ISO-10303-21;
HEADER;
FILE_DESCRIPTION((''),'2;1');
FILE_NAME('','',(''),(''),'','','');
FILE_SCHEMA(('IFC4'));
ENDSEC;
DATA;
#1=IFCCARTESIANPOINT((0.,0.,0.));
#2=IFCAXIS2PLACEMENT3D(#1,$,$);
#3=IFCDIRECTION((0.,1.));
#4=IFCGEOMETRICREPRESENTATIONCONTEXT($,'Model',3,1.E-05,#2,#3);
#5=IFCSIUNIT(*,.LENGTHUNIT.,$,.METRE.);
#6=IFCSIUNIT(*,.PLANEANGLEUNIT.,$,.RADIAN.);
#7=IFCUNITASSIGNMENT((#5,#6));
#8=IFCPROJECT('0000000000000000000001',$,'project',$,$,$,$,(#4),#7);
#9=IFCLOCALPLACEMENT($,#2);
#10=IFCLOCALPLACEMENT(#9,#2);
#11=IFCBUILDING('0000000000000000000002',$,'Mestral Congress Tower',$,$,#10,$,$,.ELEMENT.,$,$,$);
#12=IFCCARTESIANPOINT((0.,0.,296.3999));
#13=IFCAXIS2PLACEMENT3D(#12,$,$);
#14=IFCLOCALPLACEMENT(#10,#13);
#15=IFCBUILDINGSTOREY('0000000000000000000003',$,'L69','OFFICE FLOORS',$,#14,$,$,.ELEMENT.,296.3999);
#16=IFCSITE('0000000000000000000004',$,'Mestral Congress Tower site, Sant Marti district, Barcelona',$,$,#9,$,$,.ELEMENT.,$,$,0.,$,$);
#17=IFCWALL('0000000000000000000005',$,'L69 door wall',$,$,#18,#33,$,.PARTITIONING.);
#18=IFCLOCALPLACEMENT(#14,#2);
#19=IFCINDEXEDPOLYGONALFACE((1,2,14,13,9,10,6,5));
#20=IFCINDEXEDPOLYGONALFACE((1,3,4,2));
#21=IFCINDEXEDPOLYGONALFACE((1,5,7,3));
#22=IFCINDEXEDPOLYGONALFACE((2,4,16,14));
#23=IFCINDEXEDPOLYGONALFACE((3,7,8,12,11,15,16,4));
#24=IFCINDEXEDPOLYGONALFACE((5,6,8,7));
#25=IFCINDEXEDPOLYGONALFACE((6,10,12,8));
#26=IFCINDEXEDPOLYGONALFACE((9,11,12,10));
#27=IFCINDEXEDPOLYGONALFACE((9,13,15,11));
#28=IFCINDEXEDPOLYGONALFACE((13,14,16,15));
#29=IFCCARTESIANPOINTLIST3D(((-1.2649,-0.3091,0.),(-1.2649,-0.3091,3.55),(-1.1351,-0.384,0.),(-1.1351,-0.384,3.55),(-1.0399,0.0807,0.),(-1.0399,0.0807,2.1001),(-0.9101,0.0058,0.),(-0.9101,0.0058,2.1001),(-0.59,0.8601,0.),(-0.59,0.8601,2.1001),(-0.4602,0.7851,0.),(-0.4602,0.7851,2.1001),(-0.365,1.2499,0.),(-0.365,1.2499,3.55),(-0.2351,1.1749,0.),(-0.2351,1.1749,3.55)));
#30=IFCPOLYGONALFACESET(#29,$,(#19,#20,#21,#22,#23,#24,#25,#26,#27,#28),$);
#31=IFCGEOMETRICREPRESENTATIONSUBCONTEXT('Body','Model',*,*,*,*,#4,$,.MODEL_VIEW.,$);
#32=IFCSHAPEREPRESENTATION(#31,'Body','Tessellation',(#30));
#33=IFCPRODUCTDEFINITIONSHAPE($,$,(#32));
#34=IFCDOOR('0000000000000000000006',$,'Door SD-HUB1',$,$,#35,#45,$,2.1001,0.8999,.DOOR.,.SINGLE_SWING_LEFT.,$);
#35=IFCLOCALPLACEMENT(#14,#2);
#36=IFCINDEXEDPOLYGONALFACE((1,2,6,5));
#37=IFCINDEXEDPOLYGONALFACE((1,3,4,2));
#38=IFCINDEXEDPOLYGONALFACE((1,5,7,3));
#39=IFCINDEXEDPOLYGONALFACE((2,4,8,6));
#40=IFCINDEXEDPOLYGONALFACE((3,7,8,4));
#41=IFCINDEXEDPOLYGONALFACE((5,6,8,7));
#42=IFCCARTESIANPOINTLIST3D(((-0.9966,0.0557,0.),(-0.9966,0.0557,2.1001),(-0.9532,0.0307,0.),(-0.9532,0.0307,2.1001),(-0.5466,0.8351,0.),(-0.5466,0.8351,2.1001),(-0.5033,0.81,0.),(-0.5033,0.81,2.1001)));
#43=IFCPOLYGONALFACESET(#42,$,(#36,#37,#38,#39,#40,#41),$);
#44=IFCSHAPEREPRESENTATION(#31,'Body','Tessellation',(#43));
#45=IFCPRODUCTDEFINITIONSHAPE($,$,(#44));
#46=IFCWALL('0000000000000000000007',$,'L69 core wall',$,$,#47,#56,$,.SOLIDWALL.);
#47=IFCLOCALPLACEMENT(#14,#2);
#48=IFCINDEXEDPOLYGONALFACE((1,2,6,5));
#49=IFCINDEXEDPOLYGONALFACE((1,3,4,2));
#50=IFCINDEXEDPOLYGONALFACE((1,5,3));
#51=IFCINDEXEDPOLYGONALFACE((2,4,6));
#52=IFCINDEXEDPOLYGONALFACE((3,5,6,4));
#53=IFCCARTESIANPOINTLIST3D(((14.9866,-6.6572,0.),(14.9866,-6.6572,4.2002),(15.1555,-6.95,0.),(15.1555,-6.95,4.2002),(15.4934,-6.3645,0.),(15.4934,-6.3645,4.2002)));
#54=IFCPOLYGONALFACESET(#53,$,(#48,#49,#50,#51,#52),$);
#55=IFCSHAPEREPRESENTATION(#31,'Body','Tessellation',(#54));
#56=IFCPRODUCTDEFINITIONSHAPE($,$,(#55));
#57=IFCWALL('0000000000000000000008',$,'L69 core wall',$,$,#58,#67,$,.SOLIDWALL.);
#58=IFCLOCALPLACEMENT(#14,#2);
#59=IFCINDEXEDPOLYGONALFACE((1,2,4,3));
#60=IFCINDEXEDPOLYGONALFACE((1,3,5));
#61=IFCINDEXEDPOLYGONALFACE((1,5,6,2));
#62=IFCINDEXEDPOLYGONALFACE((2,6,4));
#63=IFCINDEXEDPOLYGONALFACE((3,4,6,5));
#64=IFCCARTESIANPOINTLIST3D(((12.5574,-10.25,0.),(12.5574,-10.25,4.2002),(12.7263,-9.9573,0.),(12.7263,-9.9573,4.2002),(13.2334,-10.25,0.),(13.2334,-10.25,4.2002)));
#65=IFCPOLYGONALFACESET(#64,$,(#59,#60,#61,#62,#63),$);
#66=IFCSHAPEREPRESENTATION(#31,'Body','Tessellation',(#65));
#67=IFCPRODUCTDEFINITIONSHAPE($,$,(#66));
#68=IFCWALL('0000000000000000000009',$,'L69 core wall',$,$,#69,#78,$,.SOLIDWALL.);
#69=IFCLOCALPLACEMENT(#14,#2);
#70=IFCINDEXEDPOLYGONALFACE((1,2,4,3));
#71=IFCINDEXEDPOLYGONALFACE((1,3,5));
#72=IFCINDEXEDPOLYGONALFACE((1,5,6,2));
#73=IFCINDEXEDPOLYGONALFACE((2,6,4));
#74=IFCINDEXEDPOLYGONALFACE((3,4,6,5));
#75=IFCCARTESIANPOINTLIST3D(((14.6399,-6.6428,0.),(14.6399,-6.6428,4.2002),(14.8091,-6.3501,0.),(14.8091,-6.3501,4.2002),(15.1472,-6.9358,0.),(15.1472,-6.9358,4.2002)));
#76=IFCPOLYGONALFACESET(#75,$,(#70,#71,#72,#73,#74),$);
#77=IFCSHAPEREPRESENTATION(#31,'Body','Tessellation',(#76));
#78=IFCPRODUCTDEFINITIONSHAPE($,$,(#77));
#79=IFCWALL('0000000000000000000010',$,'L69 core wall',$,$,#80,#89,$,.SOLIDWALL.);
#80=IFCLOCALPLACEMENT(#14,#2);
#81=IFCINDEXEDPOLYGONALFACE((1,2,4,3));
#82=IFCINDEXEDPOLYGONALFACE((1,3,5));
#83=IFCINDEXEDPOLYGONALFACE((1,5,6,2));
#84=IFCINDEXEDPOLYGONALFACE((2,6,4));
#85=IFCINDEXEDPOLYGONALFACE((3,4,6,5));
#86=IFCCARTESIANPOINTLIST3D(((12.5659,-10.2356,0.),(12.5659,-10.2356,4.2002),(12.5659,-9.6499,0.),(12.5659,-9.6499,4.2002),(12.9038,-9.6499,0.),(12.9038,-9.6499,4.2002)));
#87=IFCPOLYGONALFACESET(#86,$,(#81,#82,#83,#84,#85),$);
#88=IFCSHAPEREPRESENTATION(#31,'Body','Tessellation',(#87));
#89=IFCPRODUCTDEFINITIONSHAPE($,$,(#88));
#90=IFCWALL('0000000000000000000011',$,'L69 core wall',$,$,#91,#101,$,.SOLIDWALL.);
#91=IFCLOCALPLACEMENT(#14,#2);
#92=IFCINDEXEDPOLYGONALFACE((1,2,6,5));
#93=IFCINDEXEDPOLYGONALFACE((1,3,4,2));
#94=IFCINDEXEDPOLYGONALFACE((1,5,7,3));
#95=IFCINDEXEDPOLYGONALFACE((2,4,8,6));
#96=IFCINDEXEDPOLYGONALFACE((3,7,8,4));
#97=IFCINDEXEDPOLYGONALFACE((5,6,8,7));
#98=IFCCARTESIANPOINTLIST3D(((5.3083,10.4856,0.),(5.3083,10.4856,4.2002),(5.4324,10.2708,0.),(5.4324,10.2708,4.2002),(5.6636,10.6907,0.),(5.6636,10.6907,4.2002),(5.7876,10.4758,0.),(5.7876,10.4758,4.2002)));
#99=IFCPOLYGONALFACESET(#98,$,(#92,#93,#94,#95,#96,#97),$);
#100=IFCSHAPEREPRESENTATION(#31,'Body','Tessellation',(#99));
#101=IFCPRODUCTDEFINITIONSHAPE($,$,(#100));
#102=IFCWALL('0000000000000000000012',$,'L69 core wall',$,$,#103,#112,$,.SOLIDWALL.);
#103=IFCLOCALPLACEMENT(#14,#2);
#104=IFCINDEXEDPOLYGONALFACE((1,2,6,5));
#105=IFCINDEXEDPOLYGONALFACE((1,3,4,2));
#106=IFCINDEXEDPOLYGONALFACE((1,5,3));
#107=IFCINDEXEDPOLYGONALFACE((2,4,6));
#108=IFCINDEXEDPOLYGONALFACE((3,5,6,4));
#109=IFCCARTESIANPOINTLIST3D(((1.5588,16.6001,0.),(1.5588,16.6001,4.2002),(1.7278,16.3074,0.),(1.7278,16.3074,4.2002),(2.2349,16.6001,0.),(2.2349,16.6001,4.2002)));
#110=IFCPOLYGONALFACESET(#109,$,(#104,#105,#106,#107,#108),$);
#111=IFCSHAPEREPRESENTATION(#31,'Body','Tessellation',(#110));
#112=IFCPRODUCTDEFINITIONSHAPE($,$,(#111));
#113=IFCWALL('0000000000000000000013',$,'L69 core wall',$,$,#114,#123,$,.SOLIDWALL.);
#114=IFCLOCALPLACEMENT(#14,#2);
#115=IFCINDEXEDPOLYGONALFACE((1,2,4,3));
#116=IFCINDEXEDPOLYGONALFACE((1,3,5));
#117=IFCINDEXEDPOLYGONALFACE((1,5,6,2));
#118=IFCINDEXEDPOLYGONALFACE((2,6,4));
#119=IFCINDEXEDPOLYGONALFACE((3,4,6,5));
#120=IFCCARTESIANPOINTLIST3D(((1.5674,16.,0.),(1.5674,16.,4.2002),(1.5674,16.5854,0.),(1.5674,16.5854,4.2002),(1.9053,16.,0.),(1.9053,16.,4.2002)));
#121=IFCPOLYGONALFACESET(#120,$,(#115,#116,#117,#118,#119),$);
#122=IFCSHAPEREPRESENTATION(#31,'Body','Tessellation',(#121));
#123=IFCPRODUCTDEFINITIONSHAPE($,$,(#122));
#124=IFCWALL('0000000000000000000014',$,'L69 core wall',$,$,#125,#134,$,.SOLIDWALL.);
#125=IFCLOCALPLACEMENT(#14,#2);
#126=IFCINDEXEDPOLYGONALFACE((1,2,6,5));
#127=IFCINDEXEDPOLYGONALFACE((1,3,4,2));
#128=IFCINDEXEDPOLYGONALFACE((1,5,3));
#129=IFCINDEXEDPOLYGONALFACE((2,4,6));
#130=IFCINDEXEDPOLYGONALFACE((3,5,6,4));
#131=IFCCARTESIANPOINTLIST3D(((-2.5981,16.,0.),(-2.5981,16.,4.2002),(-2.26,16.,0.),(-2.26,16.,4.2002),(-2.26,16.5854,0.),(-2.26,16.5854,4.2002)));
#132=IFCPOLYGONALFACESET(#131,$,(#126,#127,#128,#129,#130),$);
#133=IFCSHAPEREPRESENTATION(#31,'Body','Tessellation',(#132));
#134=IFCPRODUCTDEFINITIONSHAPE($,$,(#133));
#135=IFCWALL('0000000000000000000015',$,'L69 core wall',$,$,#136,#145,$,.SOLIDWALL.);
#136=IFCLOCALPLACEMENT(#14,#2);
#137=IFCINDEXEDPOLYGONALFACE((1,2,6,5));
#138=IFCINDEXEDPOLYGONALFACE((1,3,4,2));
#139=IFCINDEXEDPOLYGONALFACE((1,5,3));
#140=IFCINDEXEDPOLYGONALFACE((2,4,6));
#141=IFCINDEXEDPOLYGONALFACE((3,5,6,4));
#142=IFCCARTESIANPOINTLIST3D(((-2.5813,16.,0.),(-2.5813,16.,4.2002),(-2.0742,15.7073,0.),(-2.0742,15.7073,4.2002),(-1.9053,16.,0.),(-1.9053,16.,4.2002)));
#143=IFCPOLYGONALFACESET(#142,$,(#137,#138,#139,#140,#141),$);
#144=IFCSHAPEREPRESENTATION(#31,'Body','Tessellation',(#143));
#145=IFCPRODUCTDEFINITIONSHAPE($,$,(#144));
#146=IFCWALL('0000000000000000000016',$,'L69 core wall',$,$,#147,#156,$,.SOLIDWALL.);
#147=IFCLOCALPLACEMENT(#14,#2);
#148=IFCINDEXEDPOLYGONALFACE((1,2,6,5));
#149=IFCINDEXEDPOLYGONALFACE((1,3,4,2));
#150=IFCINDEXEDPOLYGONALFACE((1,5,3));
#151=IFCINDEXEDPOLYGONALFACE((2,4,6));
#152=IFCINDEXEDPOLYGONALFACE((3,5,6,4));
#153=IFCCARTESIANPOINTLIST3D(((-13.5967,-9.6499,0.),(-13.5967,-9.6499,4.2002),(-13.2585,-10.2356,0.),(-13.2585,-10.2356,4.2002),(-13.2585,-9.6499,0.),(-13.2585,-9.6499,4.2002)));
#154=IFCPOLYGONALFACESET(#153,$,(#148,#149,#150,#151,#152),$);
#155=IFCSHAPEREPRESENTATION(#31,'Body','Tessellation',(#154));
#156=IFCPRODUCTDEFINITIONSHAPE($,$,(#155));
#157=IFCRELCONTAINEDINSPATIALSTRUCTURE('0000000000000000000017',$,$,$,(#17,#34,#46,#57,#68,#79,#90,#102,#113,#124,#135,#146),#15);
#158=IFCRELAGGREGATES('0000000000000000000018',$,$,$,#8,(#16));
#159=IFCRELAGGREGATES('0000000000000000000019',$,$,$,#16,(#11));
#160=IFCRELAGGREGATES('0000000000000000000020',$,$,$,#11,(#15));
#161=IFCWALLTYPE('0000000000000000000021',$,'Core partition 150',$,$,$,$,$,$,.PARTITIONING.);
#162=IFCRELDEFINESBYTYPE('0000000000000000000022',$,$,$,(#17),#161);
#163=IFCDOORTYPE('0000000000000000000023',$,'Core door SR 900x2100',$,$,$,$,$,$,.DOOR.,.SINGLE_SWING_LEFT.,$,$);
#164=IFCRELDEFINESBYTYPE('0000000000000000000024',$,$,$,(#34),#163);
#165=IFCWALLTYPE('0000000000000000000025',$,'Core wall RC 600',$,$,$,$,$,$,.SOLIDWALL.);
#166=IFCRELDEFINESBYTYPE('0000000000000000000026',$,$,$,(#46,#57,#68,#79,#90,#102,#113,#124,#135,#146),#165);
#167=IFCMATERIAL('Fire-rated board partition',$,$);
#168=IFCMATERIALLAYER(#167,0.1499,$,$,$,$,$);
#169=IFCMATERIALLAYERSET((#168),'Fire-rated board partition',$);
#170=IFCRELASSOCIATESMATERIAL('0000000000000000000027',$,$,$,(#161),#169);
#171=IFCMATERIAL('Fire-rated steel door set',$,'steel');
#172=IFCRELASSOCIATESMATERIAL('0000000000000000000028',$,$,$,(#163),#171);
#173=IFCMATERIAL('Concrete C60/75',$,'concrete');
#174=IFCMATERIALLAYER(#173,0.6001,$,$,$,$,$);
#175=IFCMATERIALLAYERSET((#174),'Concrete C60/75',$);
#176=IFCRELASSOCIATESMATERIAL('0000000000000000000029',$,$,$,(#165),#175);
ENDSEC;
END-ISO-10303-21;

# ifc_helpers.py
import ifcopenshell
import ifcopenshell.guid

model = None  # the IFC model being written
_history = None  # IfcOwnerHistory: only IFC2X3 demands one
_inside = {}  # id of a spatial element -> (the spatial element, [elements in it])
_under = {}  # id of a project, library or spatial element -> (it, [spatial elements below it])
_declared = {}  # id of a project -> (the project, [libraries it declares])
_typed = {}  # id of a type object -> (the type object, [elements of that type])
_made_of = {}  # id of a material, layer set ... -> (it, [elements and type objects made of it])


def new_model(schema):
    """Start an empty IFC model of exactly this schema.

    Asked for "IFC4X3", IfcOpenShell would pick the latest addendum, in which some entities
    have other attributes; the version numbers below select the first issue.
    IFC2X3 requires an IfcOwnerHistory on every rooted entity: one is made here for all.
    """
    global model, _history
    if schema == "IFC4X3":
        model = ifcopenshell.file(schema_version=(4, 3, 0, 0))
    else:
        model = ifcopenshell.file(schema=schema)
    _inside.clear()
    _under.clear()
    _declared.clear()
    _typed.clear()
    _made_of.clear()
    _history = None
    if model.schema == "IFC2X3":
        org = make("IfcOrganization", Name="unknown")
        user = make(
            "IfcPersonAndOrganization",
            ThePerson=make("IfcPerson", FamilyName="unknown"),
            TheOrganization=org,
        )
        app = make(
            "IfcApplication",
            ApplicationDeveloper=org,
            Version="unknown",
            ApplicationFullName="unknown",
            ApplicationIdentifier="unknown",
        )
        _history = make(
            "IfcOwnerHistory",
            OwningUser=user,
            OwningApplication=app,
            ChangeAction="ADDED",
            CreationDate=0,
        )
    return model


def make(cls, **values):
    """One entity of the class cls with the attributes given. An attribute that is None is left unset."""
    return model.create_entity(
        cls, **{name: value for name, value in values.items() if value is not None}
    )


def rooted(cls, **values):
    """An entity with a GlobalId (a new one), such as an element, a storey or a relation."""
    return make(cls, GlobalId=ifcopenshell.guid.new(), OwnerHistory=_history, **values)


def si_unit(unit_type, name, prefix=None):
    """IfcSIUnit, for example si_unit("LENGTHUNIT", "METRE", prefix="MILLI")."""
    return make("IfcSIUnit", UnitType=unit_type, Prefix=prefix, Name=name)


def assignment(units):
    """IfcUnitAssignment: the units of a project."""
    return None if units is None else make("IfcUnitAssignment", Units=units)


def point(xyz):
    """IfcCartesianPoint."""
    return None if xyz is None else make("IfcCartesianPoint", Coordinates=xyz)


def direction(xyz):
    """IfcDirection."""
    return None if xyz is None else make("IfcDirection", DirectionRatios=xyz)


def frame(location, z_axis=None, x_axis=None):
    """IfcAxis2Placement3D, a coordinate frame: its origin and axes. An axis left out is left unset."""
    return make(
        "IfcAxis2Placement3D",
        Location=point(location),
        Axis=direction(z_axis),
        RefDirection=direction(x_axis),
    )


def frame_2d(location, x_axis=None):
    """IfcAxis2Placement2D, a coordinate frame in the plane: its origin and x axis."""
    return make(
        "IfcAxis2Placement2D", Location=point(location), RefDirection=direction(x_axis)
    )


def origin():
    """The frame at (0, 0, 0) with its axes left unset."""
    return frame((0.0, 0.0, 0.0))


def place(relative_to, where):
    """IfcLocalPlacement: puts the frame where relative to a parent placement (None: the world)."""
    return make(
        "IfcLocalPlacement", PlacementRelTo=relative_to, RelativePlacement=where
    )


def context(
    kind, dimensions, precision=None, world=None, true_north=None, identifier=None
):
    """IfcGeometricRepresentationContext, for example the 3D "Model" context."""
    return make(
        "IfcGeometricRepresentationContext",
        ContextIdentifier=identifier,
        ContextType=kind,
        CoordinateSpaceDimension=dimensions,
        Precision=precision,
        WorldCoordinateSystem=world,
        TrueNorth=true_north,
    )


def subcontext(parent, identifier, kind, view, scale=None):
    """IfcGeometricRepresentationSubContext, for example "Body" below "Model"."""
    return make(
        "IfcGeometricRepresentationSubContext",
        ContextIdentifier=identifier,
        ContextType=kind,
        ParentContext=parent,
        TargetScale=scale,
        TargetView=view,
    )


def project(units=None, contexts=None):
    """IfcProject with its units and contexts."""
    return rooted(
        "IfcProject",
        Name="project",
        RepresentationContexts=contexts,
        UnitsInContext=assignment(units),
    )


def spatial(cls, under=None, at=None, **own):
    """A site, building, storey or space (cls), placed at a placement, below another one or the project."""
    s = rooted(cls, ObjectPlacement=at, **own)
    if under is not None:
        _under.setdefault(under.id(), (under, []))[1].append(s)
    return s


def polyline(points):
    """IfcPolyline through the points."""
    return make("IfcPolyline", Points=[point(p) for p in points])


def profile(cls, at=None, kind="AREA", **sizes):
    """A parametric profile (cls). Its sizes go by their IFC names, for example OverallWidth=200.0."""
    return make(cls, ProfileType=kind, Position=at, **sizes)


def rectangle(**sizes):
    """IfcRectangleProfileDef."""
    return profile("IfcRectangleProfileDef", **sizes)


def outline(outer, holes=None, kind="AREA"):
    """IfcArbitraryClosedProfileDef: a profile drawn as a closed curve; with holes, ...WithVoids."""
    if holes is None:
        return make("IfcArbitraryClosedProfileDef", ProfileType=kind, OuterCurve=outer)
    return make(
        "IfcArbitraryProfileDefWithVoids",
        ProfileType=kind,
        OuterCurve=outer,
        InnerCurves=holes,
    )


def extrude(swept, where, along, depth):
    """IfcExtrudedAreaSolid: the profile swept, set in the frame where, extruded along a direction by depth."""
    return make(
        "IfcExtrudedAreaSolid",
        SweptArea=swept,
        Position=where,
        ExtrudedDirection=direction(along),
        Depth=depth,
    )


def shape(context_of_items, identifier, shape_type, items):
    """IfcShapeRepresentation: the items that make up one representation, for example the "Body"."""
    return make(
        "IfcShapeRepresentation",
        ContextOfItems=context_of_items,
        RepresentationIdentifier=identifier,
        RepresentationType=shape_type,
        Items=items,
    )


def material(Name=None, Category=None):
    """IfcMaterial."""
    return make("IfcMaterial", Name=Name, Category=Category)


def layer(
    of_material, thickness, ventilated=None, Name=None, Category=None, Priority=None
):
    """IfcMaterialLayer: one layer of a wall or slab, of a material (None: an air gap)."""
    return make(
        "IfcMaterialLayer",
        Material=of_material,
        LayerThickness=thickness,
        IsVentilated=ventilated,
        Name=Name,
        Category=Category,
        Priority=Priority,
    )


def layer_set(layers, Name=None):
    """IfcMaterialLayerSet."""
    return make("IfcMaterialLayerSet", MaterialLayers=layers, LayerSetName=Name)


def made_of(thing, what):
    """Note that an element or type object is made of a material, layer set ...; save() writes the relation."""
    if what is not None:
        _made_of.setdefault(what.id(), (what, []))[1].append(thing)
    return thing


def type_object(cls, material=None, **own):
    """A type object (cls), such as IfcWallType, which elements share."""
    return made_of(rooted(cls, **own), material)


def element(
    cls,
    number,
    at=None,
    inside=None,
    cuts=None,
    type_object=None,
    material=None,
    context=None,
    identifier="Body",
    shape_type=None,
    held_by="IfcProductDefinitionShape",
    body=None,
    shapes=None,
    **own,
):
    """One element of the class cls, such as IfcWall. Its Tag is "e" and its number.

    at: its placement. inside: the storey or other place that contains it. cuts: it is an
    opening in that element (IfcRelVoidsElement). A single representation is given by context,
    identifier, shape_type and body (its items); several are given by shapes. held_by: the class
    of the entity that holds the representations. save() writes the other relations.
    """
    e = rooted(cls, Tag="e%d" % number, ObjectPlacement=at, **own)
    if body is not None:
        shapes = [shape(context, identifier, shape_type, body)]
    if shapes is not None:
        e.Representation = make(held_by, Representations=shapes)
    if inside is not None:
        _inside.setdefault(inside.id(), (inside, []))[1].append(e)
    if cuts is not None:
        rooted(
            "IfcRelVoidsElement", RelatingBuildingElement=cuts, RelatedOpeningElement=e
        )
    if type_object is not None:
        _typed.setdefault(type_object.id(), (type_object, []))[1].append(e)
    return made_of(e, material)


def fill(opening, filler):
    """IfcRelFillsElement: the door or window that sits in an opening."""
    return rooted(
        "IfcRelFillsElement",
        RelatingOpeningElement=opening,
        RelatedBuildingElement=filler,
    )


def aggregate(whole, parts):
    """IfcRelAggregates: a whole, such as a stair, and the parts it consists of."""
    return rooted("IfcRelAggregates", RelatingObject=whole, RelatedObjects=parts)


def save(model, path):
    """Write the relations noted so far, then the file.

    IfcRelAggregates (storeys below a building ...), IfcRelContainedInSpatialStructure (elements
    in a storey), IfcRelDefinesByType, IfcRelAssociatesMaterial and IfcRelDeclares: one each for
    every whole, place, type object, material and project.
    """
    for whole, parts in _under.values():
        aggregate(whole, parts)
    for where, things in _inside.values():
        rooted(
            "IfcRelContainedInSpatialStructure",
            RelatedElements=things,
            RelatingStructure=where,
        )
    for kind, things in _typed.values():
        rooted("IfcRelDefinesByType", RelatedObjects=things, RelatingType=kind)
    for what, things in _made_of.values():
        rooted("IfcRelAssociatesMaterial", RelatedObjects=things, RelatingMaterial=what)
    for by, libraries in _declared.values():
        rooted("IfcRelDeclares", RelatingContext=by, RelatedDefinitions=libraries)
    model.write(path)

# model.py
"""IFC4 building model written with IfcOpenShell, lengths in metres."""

from ifc_helpers import new_model, si_unit, direction, frame, frame_2d, origin, place, context, subcontext, project, spatial, polyline, rectangle, outline, extrude, material, layer, layer_set, type_object, element, fill, save


model = new_model("IFC4")

# Units and contexts
model_context = context("Model", 3, precision=1e-05, world=origin(), true_north=direction((0.0, 1.0)))
body_context = subcontext(model_context, "Body", "Model", "MODEL_VIEW")
ifc_project = project(units=[si_unit("LENGTHUNIT", "METRE"), si_unit("PLANEANGLEUNIT", "RADIAN")], contexts=[model_context])

# Site, building, storey
site_placement = place(None, origin())
site = spatial("IfcSite", under=ifc_project, at=site_placement, Name="Mestral Congress Tower site, Sant Marti district, Barcelona", CompositionType="ELEMENT", RefElevation=0.0)
building_placement = place(site_placement, origin())
building = spatial("IfcBuilding", under=site, at=building_placement, Name="Mestral Congress Tower", CompositionType="ELEMENT")
storey_placement = place(building_placement, frame((0.0, 0.0, 296.3999)))
storey = spatial("IfcBuildingStorey", under=building, at=storey_placement, Name="L69", Description="OFFICE FLOORS", CompositionType="ELEMENT", Elevation=296.3999)

# Shared definitions
ifc_material_1 = material(Name="Concrete C60/75", Category="concrete")

# Shared definitions
placement_1 = place(storey_placement, origin())

# Shared definitions
ifc_material_2 = material(Name="Fire-rated board partition")
ifc_layer_1 = layer(ifc_material_2, 0.1499)
ifc_layer_set_1 = layer_set([ifc_layer_1], Name="Fire-rated board partition")
wall_type_1 = type_object("IfcWallType", Name="Core partition 150", PredefinedType="PARTITIONING", material=ifc_layer_set_1)

# Wall, opening, door
wall_1_placement = place(storey_placement, frame((-1.2, -0.3464, 0.0), z_axis=(0.0, 0.0, 1.0), x_axis=(0.499961, 0.866048, 0.0)))
wall_1 = element("IfcWall", 1, at=wall_1_placement, inside=storey, type_object=wall_type_1, Name="L69 door wall", PredefinedType="PARTITIONING", context=body_context, shape_type="SweptSolid", body=[
    extrude(rectangle(XDim=1.8, YDim=0.1499, at=frame_2d((0.8999, 0.0))), origin(), (0.0, 0.0, 1.0), 3.55),
])
opening_1_placement = place(wall_1_placement, frame((0.45, 0.0, 0.0)))
opening_1 = element("IfcOpeningElement", 2, at=opening_1_placement, cuts=wall_1, PredefinedType="OPENING", context=body_context, shape_type="SweptSolid", body=[
    extrude(rectangle(XDim=0.8999, YDim=2.1001, at=frame_2d((0.45, 1.05))), frame((0.0, 0.085, 0.0), z_axis=(0.0, -1.0, 0.0), x_axis=(1.0, 0.0, 0.0)), (0.0, 0.0, 1.0), 0.1699),
])
ifc_material_3 = material(Name="Fire-rated steel door set", Category="steel")
door_type_1 = type_object("IfcDoorType", Name="Core door SR 900x2100", OperationType="SINGLE_SWING_LEFT", PredefinedType="DOOR", material=ifc_material_3)
door_1_placement = place(opening_1_placement, origin())
door_1 = element("IfcDoor", 3, at=door_1_placement, inside=storey, type_object=door_type_1, Name="Door SD-HUB1", OperationType="SINGLE_SWING_LEFT", OverallHeight=2.1001, OverallWidth=0.8999, PredefinedType="DOOR", context=body_context, shape_type="SweptSolid", body=[
    extrude(rectangle(XDim=0.8999, YDim=2.1001, at=frame_2d((0.45, 1.05))), frame((0.0, 0.0249, 0.0), z_axis=(0.0, -1.0, 0.0), x_axis=(1.0, 0.0, 0.0)), (0.0, 0.0, 1.0), 0.05),
])
fill(opening_1, door_1)

# Walls
ifc_layer_2 = layer(ifc_material_1, 0.6001)
ifc_layer_set_2 = layer_set([ifc_layer_2], Name="Concrete C60/75")
wall_type_2 = type_object("IfcWallType", Name="Core wall RC 600", PredefinedType="SOLIDWALL", material=ifc_layer_set_2)
element("IfcWall", 4, at=placement_1, inside=storey, type_object=wall_type_2, Name="L69 core wall", PredefinedType="SOLIDWALL", context=body_context, shape_type="SweptSolid", body=[
    extrude(outline(polyline([(15.1555, -6.95), (14.9866, -6.6572), (15.4934, -6.3645), (15.1555, -6.95)])), origin(), (0.0, 0.0, 1.0), 4.2002),
])
element("IfcWall", 5, at=placement_1, inside=storey, type_object=wall_type_2, Name="L69 core wall", PredefinedType="SOLIDWALL", context=body_context, shape_type="SweptSolid", body=[
    extrude(outline(polyline([(12.7263, -9.9573), (13.2334, -10.25), (12.5574, -10.25), (12.7263, -9.9573)])), origin(), (0.0, 0.0, 1.0), 4.2002),
])
element("IfcWall", 6, at=placement_1, inside=storey, type_object=wall_type_2, Name="L69 core wall", PredefinedType="SOLIDWALL", context=body_context, shape_type="SweptSolid", body=[
    extrude(outline(polyline([(14.8091, -6.3501), (15.1472, -6.9358), (14.6399, -6.6428), (14.8091, -6.3501)])), origin(), (0.0, 0.0, 1.0), 4.2002),
])
element("IfcWall", 7, at=placement_1, inside=storey, type_object=wall_type_2, Name="L69 core wall", PredefinedType="SOLIDWALL", context=body_context, shape_type="SweptSolid", body=[
    extrude(outline(polyline([(12.9038, -9.6499), (12.5659, -10.2356), (12.5659, -9.6499), (12.9038, -9.6499)])), origin(), (0.0, 0.0, 1.0), 4.2002),
])
element("IfcWall", 8, at=placement_1, inside=storey, type_object=wall_type_2, Name="L69 core wall", PredefinedType="SOLIDWALL", context=body_context, shape_type="SweptSolid", body=[
    extrude(outline(polyline([(5.6636, 10.6907), (5.7876, 10.4758), (5.4324, 10.2708), (5.3083, 10.4856), (5.6636, 10.6907)])), origin(), (0.0, 0.0, 1.0), 4.2002),
])
element("IfcWall", 9, at=placement_1, inside=storey, type_object=wall_type_2, Name="L69 core wall", PredefinedType="SOLIDWALL", context=body_context, shape_type="SweptSolid", body=[
    extrude(outline(polyline([(1.5588, 16.6001), (2.2349, 16.6001), (1.7278, 16.3074), (1.5588, 16.6001)])), origin(), (0.0, 0.0, 1.0), 4.2002),
])
element("IfcWall", 10, at=placement_1, inside=storey, type_object=wall_type_2, Name="L69 core wall", PredefinedType="SOLIDWALL", context=body_context, shape_type="SweptSolid", body=[
    extrude(outline(polyline([(1.9053, 16.0), (1.5674, 16.0), (1.5674, 16.5854), (1.9053, 16.0)])), origin(), (0.0, 0.0, 1.0), 4.2002),
])
element("IfcWall", 11, at=placement_1, inside=storey, type_object=wall_type_2, Name="L69 core wall", PredefinedType="SOLIDWALL", context=body_context, shape_type="SweptSolid", body=[
    extrude(outline(polyline([(-2.5981, 16.0), (-2.26, 16.5854), (-2.26, 16.0), (-2.5981, 16.0)])), origin(), (0.0, 0.0, 1.0), 4.2002),
])
element("IfcWall", 12, at=placement_1, inside=storey, type_object=wall_type_2, Name="L69 core wall", PredefinedType="SOLIDWALL", context=body_context, shape_type="SweptSolid", body=[
    extrude(outline(polyline([(-1.9053, 16.0), (-2.0742, 15.7073), (-2.5813, 16.0), (-1.9053, 16.0)])), origin(), (0.0, 0.0, 1.0), 4.2002),
])
element("IfcWall", 13, at=placement_1, inside=storey, type_object=wall_type_2, Name="L69 core wall", PredefinedType="SOLIDWALL", context=body_context, shape_type="SweptSolid", body=[
    extrude(outline(polyline([(-13.5967, -9.6499), (-13.2585, -9.6499), (-13.2585, -10.2356), (-13.5967, -9.6499)])), origin(), (0.0, 0.0, 1.0), 4.2002),
])

save(model, "model.ifc")
